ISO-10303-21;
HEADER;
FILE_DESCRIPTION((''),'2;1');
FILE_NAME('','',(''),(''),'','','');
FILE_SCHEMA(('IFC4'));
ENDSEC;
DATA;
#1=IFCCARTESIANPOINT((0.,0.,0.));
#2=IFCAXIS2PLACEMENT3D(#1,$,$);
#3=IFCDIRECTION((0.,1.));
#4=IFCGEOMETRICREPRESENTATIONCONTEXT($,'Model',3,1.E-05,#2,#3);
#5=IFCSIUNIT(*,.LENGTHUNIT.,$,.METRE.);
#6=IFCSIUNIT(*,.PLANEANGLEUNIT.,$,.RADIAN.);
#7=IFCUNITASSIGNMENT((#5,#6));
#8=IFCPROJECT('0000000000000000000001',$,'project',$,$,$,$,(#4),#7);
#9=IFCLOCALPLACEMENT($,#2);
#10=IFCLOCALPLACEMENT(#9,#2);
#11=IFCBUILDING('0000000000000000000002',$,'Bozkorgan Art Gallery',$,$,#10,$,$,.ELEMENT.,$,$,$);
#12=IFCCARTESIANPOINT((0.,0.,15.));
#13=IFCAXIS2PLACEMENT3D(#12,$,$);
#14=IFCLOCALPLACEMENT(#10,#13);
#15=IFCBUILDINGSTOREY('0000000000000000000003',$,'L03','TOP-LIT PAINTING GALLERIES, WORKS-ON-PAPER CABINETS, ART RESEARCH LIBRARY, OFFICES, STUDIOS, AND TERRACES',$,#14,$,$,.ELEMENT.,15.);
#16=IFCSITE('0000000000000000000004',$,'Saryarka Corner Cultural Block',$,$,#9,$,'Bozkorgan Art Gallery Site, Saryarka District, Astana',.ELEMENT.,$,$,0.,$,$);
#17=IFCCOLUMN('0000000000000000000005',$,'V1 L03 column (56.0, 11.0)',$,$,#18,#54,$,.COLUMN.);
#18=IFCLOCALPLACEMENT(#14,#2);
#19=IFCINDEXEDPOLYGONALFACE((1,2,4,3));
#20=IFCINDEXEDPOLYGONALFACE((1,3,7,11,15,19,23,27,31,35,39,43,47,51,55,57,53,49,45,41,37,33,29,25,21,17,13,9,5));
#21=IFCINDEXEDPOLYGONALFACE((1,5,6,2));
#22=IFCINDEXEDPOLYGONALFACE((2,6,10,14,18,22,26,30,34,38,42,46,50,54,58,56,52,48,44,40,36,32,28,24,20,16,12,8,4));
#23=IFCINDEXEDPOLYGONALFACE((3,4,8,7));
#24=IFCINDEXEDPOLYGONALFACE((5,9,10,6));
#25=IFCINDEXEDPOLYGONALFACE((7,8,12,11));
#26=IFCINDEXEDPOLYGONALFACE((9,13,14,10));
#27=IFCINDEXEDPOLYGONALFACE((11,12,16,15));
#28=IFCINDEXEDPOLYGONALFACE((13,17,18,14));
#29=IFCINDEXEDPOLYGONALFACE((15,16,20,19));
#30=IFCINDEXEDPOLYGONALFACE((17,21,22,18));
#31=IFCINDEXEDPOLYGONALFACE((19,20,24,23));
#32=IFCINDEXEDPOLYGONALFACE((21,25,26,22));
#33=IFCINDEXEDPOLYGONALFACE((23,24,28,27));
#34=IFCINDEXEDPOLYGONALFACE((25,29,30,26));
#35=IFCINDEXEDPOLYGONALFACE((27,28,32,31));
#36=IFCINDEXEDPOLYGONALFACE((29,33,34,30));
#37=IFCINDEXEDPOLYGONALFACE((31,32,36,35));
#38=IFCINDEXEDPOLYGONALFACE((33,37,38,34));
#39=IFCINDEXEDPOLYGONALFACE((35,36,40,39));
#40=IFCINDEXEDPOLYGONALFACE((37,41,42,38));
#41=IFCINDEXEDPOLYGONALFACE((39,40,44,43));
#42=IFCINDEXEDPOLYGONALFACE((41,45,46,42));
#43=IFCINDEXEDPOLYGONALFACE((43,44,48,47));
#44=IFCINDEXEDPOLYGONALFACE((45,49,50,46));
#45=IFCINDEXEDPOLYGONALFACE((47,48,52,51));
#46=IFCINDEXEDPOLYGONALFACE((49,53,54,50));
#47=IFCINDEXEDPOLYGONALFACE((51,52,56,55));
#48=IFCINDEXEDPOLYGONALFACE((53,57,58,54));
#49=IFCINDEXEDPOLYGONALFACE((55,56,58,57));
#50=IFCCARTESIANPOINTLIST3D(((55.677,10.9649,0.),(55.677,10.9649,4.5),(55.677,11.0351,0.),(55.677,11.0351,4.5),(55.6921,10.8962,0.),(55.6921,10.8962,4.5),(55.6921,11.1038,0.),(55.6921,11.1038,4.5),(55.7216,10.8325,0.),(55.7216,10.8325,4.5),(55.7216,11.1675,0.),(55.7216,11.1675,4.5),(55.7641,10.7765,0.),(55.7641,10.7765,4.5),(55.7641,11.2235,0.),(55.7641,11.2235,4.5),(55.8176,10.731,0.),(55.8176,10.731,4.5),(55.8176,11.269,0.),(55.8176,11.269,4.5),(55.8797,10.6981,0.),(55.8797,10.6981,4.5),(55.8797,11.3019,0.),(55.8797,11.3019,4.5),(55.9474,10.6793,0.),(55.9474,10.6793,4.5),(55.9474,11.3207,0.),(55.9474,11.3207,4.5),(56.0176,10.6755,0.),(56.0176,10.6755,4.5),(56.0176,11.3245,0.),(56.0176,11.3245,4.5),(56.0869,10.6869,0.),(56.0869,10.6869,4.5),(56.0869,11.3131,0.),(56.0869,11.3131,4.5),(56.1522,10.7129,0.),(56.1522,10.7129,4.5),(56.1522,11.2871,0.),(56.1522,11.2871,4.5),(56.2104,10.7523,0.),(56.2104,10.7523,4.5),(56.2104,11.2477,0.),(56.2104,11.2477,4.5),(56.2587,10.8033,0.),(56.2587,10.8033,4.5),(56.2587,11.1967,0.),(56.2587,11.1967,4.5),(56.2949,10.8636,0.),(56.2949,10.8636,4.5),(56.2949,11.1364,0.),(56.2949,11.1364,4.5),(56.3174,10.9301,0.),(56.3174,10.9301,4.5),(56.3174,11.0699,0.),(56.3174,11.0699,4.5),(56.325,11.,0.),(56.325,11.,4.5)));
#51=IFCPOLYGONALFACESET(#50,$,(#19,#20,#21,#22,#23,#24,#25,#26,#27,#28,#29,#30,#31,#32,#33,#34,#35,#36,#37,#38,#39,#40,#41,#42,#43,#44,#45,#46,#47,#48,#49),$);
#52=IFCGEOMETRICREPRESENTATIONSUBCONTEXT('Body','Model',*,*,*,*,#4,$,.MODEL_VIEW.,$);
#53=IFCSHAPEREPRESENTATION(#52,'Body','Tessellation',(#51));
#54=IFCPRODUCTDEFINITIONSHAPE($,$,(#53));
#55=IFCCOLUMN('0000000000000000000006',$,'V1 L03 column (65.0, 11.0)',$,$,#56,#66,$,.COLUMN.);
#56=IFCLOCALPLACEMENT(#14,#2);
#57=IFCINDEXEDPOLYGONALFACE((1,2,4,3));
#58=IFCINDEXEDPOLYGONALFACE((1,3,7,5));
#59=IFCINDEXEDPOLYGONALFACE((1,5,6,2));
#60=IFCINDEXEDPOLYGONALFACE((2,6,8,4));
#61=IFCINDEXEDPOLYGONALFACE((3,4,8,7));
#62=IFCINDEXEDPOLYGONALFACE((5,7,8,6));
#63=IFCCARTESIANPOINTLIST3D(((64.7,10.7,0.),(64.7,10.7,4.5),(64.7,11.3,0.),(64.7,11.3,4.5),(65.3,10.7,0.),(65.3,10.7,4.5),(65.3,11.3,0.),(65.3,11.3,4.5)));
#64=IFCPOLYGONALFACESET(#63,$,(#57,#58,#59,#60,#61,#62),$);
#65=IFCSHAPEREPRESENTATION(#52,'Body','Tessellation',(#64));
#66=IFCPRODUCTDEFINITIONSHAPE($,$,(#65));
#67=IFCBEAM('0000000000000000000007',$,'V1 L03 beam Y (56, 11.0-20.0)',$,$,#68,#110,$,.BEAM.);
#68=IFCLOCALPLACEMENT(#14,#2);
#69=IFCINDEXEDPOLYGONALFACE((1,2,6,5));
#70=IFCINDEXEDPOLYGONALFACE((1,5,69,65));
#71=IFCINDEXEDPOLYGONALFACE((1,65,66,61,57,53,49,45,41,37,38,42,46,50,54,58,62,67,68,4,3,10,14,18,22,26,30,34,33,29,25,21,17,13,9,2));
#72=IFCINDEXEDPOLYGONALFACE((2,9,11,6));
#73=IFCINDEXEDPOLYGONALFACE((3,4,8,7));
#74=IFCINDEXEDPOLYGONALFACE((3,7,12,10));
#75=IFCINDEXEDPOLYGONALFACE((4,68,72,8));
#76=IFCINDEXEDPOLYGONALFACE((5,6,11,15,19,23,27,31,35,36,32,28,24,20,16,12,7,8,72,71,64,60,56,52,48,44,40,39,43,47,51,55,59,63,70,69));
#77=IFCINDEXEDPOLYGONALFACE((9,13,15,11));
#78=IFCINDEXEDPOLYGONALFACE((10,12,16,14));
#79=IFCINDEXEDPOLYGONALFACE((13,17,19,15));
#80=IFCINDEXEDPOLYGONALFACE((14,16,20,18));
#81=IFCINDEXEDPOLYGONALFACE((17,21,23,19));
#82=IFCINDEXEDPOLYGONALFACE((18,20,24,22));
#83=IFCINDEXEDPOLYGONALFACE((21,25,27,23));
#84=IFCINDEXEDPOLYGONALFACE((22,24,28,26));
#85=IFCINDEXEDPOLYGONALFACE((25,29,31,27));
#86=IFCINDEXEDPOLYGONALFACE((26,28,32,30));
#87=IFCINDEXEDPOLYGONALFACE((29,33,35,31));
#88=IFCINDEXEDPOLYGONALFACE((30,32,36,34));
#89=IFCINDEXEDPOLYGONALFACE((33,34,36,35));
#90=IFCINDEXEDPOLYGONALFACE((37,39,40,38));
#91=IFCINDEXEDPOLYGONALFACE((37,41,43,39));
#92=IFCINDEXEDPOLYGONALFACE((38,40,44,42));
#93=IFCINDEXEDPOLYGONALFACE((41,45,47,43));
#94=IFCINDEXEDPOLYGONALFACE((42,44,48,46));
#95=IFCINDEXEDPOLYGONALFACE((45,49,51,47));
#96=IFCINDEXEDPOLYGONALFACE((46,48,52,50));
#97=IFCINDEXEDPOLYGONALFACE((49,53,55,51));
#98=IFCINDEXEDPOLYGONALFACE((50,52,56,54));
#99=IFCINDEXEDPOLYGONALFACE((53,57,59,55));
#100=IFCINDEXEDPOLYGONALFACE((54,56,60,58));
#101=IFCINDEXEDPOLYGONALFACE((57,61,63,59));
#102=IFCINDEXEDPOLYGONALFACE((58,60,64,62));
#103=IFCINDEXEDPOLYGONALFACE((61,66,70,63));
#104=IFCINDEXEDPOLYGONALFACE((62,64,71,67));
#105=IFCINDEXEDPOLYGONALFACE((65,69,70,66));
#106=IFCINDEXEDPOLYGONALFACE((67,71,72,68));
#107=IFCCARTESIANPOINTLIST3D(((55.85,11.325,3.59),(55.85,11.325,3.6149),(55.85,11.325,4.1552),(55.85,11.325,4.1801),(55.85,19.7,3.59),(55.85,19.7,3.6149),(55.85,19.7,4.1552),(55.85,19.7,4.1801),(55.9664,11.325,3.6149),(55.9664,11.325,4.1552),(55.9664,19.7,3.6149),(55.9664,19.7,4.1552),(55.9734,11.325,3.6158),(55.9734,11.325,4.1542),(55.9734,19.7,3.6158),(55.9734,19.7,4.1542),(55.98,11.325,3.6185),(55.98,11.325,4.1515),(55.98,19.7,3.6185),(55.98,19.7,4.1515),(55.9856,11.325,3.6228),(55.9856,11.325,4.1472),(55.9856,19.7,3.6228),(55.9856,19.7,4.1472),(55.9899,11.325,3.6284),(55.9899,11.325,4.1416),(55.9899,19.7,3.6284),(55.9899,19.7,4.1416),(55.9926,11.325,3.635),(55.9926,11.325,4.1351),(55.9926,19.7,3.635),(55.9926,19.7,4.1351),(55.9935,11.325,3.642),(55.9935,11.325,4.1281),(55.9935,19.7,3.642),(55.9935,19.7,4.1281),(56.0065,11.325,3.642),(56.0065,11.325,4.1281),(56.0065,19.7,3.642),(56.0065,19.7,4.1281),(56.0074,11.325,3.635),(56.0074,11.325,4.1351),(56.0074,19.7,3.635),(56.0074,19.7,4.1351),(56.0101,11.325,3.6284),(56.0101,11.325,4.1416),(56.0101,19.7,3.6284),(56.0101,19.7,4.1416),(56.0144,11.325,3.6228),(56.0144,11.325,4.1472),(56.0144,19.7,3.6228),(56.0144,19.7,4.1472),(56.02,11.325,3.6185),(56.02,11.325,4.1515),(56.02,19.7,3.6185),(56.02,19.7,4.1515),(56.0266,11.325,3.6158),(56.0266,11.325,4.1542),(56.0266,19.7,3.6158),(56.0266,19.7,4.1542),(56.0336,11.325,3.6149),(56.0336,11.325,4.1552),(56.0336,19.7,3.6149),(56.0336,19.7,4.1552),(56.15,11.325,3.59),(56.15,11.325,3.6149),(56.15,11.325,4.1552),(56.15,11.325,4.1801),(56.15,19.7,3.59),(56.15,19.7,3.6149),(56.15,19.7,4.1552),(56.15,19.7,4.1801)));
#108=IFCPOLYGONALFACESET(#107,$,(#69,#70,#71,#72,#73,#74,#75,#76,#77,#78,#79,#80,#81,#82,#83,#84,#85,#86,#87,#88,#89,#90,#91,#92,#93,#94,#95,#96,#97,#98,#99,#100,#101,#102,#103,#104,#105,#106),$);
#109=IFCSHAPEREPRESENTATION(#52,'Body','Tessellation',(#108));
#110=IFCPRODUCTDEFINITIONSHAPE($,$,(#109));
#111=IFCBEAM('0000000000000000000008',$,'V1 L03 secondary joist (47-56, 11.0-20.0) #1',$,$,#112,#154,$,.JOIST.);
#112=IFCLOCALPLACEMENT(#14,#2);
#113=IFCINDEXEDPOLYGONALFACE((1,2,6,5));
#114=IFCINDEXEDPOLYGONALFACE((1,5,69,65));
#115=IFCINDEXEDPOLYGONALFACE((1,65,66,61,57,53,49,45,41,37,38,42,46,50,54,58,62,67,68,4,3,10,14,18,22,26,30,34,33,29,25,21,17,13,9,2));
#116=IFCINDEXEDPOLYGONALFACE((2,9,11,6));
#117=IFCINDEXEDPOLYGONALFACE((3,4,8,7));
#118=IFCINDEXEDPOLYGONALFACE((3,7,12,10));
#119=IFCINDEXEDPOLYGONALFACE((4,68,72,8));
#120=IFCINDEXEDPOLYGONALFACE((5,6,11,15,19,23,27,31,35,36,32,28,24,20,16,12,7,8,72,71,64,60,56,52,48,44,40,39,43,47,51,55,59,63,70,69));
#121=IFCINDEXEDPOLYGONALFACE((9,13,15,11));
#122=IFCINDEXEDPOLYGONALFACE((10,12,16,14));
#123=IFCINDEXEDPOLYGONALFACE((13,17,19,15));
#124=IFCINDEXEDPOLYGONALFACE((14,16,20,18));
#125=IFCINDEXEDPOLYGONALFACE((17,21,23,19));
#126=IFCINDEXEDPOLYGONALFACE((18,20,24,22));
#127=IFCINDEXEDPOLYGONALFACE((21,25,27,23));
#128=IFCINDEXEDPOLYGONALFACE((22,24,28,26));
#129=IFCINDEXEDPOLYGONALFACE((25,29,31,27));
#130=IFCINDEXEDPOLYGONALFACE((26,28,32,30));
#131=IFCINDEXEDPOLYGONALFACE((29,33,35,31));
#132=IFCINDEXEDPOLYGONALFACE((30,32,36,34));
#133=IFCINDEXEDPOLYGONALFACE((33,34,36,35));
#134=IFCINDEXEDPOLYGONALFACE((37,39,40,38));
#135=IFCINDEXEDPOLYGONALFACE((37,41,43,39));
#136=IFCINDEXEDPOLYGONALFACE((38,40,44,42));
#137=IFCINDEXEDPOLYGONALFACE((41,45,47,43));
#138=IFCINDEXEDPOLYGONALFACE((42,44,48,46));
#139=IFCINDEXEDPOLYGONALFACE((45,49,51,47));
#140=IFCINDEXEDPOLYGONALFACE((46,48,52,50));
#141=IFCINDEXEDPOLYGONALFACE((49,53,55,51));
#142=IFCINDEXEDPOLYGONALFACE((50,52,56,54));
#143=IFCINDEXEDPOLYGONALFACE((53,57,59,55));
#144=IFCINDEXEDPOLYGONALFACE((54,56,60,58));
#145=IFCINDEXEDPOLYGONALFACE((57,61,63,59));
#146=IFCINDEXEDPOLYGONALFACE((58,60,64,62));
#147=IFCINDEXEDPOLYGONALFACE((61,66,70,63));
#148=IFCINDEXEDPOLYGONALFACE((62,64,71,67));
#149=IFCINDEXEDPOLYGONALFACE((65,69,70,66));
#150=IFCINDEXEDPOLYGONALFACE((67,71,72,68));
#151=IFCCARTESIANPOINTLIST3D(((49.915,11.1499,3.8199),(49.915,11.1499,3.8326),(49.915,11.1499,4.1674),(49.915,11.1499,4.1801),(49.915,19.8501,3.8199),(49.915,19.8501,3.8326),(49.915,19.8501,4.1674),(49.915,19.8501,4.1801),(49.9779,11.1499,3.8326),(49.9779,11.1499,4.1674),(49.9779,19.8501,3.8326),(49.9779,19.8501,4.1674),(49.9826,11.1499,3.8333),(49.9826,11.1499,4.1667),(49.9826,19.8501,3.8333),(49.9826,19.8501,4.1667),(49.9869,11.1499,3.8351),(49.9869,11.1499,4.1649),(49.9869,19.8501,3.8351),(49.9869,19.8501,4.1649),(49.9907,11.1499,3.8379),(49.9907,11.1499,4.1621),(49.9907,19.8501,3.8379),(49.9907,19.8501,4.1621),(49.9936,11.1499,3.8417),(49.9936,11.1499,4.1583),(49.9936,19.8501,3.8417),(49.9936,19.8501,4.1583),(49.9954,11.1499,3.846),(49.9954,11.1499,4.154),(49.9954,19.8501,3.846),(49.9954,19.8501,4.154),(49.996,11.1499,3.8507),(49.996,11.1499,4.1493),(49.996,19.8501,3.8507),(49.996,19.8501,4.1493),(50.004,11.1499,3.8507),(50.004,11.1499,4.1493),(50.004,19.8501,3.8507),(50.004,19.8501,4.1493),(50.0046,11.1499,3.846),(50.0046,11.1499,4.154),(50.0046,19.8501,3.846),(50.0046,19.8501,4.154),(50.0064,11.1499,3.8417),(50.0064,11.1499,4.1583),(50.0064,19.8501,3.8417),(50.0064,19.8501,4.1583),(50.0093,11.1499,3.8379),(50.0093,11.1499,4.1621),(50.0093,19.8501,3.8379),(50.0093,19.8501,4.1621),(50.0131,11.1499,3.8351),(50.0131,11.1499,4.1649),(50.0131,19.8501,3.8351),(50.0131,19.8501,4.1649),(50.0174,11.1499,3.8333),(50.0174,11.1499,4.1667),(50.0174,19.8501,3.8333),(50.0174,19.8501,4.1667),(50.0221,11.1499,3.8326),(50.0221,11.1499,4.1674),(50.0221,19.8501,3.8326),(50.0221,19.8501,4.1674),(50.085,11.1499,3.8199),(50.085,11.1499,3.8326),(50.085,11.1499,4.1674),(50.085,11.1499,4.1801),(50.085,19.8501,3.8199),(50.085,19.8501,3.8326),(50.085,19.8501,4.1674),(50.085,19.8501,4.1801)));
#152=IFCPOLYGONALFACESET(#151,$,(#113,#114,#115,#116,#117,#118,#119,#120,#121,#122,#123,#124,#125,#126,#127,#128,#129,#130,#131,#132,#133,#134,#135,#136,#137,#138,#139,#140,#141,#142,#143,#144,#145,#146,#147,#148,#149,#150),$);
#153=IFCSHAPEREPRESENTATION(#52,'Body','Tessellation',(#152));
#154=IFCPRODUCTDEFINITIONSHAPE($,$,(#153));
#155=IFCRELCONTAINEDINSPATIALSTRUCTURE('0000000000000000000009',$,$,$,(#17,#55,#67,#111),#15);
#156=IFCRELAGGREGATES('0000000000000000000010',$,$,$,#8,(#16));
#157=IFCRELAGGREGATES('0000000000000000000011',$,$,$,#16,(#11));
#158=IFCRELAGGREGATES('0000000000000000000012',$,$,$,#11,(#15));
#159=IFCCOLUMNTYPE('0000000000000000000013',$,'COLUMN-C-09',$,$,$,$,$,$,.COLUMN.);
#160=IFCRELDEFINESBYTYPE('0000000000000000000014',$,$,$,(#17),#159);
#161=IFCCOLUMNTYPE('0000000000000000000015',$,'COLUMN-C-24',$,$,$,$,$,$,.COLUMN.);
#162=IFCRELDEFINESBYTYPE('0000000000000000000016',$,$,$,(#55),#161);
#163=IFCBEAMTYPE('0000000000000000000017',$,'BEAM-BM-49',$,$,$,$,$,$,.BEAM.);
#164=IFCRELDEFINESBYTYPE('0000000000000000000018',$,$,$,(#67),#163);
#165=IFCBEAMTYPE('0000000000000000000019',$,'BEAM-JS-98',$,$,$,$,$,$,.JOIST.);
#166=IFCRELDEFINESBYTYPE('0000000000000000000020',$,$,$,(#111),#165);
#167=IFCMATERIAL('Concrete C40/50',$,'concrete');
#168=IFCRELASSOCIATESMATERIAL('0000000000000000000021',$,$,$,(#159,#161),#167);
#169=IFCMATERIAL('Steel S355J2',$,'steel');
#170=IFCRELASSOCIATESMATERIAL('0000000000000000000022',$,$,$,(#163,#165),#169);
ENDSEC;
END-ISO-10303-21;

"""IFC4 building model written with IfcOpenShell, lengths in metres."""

from ifc_helpers import new_model, si_unit, direction, frame, origin, origin_2d, place, context, subcontext, project, spatial, rectangle, circle, i_section, extrude, material, material_profile, profile_set, type_object, element, save


model = new_model("IFC4")

# Units and contexts
model_context = context("Model", 3, precision=1e-05, world=origin(), true_north=direction((0.0, 1.0)))
body_context = subcontext(model_context, "Body", "Model", "MODEL_VIEW")
ifc_project = project(units=[si_unit("LENGTHUNIT", "METRE"), si_unit("PLANEANGLEUNIT", "RADIAN")], contexts=[model_context])

# Site, building, storey
site_placement = place(None, origin())
site = spatial("IfcSite", under=ifc_project, at=site_placement, Name="Saryarka Corner Cultural Block", LongName="Bozkorgan Art Gallery Site, Saryarka District, Astana", CompositionType="ELEMENT", RefElevation=0.0)
building_placement = place(site_placement, origin())
building = spatial("IfcBuilding", under=site, at=building_placement, Name="Bozkorgan Art Gallery", CompositionType="ELEMENT")
storey_placement = place(building_placement, frame((0.0, 0.0, 15.0)))
storey = spatial("IfcBuildingStorey", under=building, at=storey_placement, Name="L03", Description="TOP-LIT PAINTING GALLERIES, WORKS-ON-PAPER CABINETS, ART RESEARCH LIBRARY, OFFICES, STUDIOS, AND TERRACES", CompositionType="ELEMENT", Elevation=15.0)

# Columns
ifc_material_1 = material(Name="Concrete C40/50", Category="concrete")
ifc_material_profile_1 = material_profile(ifc_material_1, circle(Radius=0.325, at=origin_2d()), Name="RC D650")
ifc_profile_set_1 = profile_set([ifc_material_profile_1], Name="Concrete C40/50")
column_type_1 = type_object("IfcColumnType", Name="COLUMN-C-09", PredefinedType="COLUMN", material=ifc_profile_set_1)
column_1_placement = place(storey_placement, frame((56.0, 11.0, 0.0), z_axis=(0.0, 0.0, 1.0), x_axis=(1.0, 0.0, 0.0)))
element("IfcColumn", 1, at=column_1_placement, inside=storey, type_object=column_type_1, Name="V1 L03 column (56.0, 11.0)", PredefinedType="COLUMN", context=body_context, shape_type="SweptSolid", body=[
    extrude(circle(Radius=0.325, at=origin_2d()), origin(), (0.0, 0.0, 1.0), 4.5),
])
ifc_material_profile_2 = material_profile(ifc_material_1, rectangle(XDim=0.6001, YDim=0.6001, at=origin_2d()), Name="RC 600x600")
ifc_profile_set_2 = profile_set([ifc_material_profile_2], Name="Concrete C40/50")
column_type_2 = type_object("IfcColumnType", Name="COLUMN-C-24", PredefinedType="COLUMN", material=ifc_profile_set_2)
column_2_placement = place(storey_placement, frame((65.0, 11.0, 0.0), z_axis=(0.0, 0.0, 1.0), x_axis=(1.0, 0.0, 0.0)))
element("IfcColumn", 2, at=column_2_placement, inside=storey, type_object=column_type_2, Name="V1 L03 column (65.0, 11.0)", PredefinedType="COLUMN", context=body_context, shape_type="SweptSolid", body=[
    extrude(rectangle(XDim=0.6001, YDim=0.6001, at=origin_2d()), origin(), (0.0, 0.0, 1.0), 4.5),
])

# Beams
ifc_material_2 = material(Name="Steel S355J2", Category="steel")
ifc_material_profile_3 = material_profile(ifc_material_2, i_section(OverallWidth=0.3, OverallDepth=0.5901, WebThickness=0.0129, FlangeThickness=0.0249, FilletRadius=0.0271, at=origin_2d()), Name="HEA 600")
ifc_profile_set_3 = profile_set([ifc_material_profile_3], Name="Steel S355J2")
beam_type_1 = type_object("IfcBeamType", Name="BEAM-BM-49", PredefinedType="BEAM", material=ifc_profile_set_3)
beam_1_placement = place(storey_placement, frame((56.0, 11.325, 3.885), z_axis=(0.0, 1.0, 0.0), x_axis=(-1.0, 0.0, 0.0)))
element("IfcBeam", 3, at=beam_1_placement, inside=storey, type_object=beam_type_1, Name="V1 L03 beam Y (56, 11.0-20.0)", PredefinedType="BEAM", context=body_context, shape_type="SweptSolid", body=[
    extrude(i_section(OverallWidth=0.3, OverallDepth=0.5901, WebThickness=0.0129, FlangeThickness=0.0249, FilletRadius=0.0271, at=origin_2d()), origin(), (0.0, 0.0, 1.0), 8.375),
])
ifc_material_profile_4 = material_profile(ifc_material_2, i_section(OverallWidth=0.1699, OverallDepth=0.3601, WebThickness=0.0081, FlangeThickness=0.0127, FilletRadius=0.0181, at=origin_2d()), Name="IPE 360")
ifc_profile_set_4 = profile_set([ifc_material_profile_4], Name="Steel S355J2")
beam_type_2 = type_object("IfcBeamType", Name="BEAM-JS-98", PredefinedType="JOIST", material=ifc_profile_set_4)
for number, where, z_axis, x_axis, name in (
    (4, (50.0, 11.1499, 4.0), (0.0, 1.0, 0.0), (-1.0, 0.0, 0.0), "V1 L03 secondary joist (47-56, 11.0-20.0) #1"),
):
    element("IfcBeam", number, at=place(storey_placement, frame(where, z_axis=z_axis, x_axis=x_axis)), inside=storey, type_object=beam_type_2, Name=name, PredefinedType="JOIST", context=body_context, shape_type="SweptSolid", body=[
        extrude(i_section(OverallWidth=0.1699, OverallDepth=0.3601, WebThickness=0.0081, FlangeThickness=0.0127, FilletRadius=0.0181, at=origin_2d()), origin(), (0.0, 0.0, 1.0), 8.7002),
    ])

save(model, "model.ifc")
